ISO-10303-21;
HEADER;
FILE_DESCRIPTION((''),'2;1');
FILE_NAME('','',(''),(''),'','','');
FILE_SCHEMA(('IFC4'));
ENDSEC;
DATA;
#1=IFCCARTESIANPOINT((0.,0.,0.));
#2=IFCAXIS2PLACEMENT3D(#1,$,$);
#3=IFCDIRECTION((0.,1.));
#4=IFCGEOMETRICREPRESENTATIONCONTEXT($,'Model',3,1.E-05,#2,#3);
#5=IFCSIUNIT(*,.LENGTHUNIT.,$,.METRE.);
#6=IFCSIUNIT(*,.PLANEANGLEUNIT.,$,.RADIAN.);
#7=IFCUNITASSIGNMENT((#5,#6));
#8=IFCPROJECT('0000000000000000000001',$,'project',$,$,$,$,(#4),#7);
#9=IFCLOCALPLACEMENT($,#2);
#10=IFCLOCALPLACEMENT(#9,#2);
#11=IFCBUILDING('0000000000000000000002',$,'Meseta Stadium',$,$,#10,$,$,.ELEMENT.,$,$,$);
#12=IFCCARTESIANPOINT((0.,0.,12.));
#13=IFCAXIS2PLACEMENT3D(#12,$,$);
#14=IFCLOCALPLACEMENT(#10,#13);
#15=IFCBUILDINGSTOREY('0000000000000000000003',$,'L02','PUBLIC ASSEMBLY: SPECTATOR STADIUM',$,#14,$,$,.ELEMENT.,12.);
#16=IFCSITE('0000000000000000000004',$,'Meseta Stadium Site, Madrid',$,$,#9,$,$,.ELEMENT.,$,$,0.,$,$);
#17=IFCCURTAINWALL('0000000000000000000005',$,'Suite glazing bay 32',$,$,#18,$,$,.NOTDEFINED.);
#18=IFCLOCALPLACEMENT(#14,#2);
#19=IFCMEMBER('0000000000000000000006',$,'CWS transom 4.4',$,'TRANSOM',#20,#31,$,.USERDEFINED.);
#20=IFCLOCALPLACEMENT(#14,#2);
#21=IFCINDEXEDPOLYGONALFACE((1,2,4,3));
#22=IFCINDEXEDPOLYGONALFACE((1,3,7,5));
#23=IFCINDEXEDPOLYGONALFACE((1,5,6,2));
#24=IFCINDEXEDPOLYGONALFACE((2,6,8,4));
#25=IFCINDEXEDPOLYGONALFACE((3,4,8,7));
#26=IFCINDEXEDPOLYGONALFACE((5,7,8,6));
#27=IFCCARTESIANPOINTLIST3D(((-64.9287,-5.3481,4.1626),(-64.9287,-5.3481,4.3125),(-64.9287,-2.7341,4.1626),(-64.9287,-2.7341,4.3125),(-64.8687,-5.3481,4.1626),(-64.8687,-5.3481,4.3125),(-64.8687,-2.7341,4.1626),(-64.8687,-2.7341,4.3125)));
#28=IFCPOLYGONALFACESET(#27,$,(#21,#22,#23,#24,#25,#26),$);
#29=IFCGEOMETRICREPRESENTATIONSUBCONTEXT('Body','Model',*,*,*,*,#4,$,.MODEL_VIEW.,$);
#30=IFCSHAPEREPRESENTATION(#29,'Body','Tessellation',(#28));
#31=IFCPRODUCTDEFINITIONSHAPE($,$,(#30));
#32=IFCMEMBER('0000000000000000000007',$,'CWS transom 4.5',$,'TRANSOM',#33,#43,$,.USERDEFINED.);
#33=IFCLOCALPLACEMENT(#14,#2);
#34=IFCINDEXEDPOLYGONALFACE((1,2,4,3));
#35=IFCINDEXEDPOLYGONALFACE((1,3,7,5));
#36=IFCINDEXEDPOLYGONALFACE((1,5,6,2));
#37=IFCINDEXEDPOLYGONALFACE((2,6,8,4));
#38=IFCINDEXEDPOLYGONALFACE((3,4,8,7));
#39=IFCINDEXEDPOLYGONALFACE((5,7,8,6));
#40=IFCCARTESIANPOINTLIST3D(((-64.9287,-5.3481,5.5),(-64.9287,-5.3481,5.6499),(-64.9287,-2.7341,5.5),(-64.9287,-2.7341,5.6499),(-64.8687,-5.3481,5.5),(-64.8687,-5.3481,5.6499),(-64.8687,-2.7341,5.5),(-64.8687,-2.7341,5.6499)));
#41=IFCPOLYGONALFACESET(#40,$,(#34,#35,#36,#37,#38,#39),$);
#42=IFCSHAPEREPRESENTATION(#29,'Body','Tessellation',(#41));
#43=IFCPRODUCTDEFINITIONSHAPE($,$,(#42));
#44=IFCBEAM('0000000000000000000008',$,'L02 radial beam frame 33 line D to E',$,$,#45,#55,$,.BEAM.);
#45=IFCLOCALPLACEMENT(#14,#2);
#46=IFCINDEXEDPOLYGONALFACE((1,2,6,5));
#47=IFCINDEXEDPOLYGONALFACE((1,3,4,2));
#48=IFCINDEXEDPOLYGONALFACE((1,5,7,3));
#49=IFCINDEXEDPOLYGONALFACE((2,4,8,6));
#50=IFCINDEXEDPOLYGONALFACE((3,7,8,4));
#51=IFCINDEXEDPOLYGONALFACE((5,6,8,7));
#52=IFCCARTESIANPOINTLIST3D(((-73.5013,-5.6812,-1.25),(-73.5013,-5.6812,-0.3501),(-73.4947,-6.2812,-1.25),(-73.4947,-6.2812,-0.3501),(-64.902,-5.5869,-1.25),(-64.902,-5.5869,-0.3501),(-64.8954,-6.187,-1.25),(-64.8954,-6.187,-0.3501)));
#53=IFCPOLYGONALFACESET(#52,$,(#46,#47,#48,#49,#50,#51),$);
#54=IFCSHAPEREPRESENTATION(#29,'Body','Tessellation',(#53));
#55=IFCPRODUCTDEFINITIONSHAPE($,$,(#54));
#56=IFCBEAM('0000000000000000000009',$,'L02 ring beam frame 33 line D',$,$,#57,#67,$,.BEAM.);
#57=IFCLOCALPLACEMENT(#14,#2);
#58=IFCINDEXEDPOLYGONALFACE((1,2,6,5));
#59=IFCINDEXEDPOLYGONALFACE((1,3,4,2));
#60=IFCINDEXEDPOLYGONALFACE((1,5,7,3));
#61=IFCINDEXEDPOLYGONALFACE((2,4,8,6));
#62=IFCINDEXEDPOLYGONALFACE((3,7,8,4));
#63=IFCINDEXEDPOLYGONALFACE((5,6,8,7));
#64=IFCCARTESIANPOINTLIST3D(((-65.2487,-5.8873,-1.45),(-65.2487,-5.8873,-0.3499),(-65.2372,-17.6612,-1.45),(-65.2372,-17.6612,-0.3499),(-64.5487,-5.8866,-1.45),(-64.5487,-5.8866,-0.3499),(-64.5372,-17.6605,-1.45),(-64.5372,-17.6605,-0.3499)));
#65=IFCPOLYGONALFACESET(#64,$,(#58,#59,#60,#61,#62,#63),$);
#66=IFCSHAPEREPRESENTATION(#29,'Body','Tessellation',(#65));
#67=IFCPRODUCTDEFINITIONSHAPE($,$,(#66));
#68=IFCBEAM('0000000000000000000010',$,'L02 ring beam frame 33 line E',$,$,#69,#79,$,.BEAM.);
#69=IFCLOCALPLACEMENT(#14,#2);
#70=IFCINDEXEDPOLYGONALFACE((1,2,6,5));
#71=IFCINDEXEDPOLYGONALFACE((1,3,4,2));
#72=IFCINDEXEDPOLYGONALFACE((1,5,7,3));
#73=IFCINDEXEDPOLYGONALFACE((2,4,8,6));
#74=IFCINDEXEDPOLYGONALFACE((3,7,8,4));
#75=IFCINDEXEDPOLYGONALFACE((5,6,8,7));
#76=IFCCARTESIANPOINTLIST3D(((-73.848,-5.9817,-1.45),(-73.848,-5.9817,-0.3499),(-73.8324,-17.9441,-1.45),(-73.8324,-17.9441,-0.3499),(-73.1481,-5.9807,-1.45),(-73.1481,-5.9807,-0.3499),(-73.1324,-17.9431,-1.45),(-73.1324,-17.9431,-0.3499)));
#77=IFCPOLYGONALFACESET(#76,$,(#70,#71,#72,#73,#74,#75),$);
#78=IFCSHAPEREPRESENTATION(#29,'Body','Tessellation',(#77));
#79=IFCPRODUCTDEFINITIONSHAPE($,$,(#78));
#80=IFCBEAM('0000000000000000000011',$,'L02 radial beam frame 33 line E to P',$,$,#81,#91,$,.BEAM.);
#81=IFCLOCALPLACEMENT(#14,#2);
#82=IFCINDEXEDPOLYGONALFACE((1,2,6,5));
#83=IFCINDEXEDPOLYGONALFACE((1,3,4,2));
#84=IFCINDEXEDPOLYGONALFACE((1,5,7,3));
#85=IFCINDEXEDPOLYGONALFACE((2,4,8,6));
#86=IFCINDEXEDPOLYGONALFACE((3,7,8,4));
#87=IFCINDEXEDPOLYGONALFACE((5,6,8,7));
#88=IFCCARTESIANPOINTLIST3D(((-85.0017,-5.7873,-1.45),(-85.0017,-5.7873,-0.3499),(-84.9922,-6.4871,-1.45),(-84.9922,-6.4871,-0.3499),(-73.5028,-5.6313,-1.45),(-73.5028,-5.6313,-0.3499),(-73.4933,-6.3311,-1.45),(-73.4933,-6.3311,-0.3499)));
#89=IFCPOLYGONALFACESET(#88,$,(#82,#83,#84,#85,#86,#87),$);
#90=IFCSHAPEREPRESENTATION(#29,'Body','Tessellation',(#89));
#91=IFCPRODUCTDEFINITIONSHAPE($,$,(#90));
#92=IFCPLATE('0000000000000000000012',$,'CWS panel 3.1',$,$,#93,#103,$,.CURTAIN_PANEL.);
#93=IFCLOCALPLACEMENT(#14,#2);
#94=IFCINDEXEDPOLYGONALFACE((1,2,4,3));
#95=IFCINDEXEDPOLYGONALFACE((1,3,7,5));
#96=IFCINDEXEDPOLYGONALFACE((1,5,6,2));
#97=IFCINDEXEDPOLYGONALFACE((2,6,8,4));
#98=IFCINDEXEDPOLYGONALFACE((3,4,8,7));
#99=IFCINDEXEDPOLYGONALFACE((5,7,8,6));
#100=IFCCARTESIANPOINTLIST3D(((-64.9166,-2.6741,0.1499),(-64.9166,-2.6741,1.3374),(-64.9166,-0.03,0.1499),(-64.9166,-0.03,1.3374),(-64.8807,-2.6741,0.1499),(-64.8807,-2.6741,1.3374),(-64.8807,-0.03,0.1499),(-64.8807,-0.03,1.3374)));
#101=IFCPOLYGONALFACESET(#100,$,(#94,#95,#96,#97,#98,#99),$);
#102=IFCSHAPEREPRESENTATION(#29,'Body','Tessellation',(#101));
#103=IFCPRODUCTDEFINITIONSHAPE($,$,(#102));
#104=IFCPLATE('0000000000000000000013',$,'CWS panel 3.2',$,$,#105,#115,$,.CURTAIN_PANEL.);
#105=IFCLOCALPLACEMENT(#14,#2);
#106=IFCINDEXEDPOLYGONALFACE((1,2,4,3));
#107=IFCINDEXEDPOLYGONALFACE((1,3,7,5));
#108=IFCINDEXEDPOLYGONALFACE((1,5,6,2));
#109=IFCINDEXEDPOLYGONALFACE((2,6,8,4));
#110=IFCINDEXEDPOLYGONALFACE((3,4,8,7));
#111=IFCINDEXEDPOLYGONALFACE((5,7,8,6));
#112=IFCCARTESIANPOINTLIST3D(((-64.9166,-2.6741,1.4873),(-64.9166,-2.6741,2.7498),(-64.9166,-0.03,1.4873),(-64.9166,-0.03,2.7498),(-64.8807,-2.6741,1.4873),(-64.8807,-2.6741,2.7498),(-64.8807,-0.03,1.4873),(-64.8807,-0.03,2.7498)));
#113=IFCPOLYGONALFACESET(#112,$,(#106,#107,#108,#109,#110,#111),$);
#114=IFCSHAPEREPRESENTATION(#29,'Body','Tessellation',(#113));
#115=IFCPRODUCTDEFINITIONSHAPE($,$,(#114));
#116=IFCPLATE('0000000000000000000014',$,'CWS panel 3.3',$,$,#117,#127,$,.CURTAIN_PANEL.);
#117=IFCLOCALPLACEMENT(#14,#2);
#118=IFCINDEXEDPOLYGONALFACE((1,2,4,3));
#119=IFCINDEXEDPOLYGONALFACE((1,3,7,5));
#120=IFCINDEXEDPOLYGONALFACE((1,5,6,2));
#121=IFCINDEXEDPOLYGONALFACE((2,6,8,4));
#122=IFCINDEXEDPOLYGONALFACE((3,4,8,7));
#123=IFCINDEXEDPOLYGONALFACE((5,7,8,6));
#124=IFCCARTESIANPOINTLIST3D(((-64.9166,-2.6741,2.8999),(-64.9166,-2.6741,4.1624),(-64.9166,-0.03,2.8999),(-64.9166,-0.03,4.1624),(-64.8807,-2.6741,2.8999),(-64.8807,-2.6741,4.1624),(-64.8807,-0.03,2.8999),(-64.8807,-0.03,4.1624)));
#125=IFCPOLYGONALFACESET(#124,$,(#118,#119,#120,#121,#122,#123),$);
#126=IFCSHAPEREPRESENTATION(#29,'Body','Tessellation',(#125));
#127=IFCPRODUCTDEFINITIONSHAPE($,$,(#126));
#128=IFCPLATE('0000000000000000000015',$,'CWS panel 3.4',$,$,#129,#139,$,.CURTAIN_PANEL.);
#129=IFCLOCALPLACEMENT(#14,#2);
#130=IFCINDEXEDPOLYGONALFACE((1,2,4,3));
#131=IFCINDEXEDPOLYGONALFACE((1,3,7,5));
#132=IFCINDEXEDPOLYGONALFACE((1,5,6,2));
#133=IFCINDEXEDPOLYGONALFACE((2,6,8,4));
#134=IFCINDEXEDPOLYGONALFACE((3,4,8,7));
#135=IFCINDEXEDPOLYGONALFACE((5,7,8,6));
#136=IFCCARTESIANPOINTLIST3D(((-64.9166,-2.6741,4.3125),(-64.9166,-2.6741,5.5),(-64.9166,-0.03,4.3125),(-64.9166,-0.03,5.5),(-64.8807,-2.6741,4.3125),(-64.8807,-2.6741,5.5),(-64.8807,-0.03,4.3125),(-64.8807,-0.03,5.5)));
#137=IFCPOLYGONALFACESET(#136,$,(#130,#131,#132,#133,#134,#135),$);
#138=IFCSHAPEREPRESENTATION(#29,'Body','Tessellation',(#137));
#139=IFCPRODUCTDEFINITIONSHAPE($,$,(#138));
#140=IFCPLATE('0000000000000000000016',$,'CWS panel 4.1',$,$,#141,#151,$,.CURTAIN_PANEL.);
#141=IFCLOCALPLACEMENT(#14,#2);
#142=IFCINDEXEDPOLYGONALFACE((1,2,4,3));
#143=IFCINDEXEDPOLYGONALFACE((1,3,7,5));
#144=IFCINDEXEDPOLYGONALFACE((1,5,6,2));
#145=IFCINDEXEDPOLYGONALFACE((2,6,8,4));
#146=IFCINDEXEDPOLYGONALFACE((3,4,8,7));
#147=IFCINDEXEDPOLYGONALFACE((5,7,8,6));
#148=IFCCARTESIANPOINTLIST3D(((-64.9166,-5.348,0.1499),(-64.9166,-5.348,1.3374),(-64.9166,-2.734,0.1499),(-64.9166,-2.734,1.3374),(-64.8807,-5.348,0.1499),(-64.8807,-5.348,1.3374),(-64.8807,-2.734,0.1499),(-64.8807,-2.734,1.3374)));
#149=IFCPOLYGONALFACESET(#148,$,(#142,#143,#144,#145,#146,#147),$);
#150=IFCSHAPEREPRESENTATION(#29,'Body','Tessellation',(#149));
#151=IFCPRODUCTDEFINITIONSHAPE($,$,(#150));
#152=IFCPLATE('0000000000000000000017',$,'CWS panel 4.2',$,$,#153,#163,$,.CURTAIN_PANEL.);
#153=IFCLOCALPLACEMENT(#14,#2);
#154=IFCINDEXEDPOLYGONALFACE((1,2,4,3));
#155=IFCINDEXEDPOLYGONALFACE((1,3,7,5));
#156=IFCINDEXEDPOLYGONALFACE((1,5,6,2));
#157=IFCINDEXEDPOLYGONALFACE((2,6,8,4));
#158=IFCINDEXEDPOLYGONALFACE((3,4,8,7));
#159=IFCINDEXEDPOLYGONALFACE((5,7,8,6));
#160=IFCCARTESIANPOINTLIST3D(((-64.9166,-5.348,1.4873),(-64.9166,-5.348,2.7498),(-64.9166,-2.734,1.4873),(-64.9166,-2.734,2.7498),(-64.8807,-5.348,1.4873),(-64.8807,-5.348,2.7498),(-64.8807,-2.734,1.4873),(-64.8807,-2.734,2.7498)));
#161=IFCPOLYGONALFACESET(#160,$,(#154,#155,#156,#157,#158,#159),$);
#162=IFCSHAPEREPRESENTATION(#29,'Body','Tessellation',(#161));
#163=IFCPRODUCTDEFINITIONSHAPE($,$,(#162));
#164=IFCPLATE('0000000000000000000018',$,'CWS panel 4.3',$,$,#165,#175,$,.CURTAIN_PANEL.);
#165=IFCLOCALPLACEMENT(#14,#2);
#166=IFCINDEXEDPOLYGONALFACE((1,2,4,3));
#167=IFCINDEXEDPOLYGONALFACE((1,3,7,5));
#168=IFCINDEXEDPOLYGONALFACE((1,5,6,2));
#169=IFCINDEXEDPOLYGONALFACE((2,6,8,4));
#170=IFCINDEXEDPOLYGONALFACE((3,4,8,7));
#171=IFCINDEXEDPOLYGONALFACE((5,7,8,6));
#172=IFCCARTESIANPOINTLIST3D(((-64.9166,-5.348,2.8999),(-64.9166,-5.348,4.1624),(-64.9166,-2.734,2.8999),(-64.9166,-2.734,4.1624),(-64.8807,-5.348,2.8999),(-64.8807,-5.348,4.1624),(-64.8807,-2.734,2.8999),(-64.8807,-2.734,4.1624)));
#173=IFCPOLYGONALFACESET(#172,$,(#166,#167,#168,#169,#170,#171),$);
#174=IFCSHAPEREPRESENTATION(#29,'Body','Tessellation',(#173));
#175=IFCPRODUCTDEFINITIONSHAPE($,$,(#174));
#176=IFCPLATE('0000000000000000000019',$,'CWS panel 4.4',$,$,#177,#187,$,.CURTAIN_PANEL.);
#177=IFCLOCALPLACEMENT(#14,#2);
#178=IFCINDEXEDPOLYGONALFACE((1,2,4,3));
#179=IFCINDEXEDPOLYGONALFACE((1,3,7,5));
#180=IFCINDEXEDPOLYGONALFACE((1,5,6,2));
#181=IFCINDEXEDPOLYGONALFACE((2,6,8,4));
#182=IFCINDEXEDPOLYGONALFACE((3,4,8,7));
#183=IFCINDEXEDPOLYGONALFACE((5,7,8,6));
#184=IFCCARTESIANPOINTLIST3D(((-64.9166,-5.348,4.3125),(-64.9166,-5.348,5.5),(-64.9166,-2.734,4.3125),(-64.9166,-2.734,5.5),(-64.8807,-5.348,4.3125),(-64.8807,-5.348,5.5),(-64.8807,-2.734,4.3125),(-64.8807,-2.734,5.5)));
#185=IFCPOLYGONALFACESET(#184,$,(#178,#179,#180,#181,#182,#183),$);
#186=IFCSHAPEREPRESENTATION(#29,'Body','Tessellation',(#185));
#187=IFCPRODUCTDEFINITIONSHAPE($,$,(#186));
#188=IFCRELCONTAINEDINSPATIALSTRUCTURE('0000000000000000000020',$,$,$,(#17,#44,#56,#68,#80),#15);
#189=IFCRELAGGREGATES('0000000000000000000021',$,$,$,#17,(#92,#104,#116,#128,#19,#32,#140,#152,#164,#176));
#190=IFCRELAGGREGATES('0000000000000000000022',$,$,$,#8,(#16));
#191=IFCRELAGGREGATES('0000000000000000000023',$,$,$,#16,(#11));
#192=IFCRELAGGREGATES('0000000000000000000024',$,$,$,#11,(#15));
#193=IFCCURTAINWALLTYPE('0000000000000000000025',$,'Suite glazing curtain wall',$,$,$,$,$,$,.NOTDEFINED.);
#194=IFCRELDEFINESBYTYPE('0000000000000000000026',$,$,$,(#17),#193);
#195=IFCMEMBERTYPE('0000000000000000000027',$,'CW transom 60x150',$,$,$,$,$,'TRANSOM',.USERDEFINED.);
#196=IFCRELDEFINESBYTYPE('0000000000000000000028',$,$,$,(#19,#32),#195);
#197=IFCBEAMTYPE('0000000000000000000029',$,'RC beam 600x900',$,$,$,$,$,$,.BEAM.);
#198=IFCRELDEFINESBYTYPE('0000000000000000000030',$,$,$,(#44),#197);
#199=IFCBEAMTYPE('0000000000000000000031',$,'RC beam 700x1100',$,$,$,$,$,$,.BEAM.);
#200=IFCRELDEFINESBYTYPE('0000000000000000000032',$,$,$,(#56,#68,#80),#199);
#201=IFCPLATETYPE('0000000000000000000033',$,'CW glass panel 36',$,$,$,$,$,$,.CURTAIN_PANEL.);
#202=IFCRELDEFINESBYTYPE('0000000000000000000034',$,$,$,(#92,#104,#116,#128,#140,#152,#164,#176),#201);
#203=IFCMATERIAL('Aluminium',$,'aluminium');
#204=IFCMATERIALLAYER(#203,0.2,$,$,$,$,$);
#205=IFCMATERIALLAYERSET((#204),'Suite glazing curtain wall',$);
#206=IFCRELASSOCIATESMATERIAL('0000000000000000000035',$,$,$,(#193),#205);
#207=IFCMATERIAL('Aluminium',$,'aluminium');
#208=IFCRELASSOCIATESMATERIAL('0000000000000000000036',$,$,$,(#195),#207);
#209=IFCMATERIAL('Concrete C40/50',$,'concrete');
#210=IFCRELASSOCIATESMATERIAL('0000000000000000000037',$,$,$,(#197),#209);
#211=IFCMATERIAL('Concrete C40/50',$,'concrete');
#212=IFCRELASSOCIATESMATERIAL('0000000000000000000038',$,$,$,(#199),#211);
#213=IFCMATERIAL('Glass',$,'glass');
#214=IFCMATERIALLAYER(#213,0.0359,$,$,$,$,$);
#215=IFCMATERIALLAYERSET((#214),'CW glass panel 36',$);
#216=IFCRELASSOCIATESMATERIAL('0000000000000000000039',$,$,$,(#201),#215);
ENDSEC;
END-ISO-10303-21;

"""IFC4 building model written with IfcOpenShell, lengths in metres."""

from ifc_helpers import new_model, si_unit, direction, frame, origin, origin_2d, place, context, subcontext, project, spatial, rectangle, extrude, material, layer, layer_set, material_profile, profile_set, type_object, element, aggregate, save


model = new_model("IFC4")

# Units and contexts
model_context = context("Model", 3, precision=1e-05, world=origin(), true_north=direction((0.0, 1.0)))
body_context = subcontext(model_context, "Body", "Model", "MODEL_VIEW")
ifc_project = project(units=[si_unit("LENGTHUNIT", "METRE"), si_unit("PLANEANGLEUNIT", "RADIAN")], contexts=[model_context])

# Site, building, storey
site_placement = place(None, origin())
site = spatial("IfcSite", under=ifc_project, at=site_placement, Name="Meseta Stadium Site, Madrid", CompositionType="ELEMENT", RefElevation=0.0)
building_placement = place(site_placement, origin())
building = spatial("IfcBuilding", under=site, at=building_placement, Name="Meseta Stadium", CompositionType="ELEMENT")
storey_placement = place(building_placement, frame((0.0, 0.0, 12.0)))
storey = spatial("IfcBuildingStorey", under=building, at=storey_placement, Name="L02", Description="PUBLIC ASSEMBLY: SPECTATOR STADIUM", CompositionType="ELEMENT", Elevation=12.0)

# Curtain wall, members
ifc_material_1 = material(Name="Aluminium", Category="aluminium")
ifc_layer_1 = layer(ifc_material_1, 0.2)
ifc_layer_set_1 = layer_set([ifc_layer_1], Name="Suite glazing curtain wall")
curtain_wall_type = type_object("IfcCurtainWallType", Name="Suite glazing curtain wall", PredefinedType="NOTDEFINED", material=ifc_layer_set_1)
curtain_wall_placement = place(storey_placement, origin())
curtain_wall = element("IfcCurtainWall", 1, at=curtain_wall_placement, inside=storey, type_object=curtain_wall_type, Name="Suite glazing bay 32", PredefinedType="NOTDEFINED")
ifc_material_2 = material(Name="Aluminium", Category="aluminium")
ifc_material_profile_1 = material_profile(ifc_material_2, rectangle(XDim=0.0601, YDim=0.1499, at=origin_2d()), Name="CW 60x150")
ifc_profile_set_1 = profile_set([ifc_material_profile_1], Name="Aluminium")
member_type_1 = type_object("IfcMemberType", Name="CW transom 60x150", ElementType="TRANSOM", PredefinedType="USERDEFINED", material=ifc_profile_set_1)
member_1_placement = place(storey_placement, frame((-64.8987, -2.7341, 4.2375), z_axis=(0.0, -1.0, 0.0), x_axis=(1.0, 0.0, 0.0)))
member_1 = element("IfcMember", 2, at=member_1_placement, type_object=member_type_1, Name="CWS transom 4.4", ObjectType="TRANSOM", PredefinedType="USERDEFINED", context=body_context, shape_type="SweptSolid", body=[
    extrude(rectangle(XDim=0.0601, YDim=0.1499, at=origin_2d()), origin(), (0.0, 0.0, 1.0), 2.614),
])
member_2_placement = place(storey_placement, frame((-64.8987, -2.7341, 5.575), z_axis=(0.0, -1.0, 0.0), x_axis=(1.0, 0.0, 0.0)))
member_2 = element("IfcMember", 3, at=member_2_placement, type_object=member_type_1, Name="CWS transom 4.5", ObjectType="TRANSOM", PredefinedType="USERDEFINED", context=body_context, shape_type="SweptSolid", body=[
    extrude(rectangle(XDim=0.0601, YDim=0.1499, at=origin_2d()), origin(), (0.0, 0.0, 1.0), 2.614),
])

# Beams
ifc_material_3 = material(Name="Concrete C40/50", Category="concrete")
ifc_material_profile_2 = material_profile(ifc_material_3, rectangle(XDim=0.6001, YDim=0.8999, at=origin_2d()), Name="RC 600x900")
ifc_profile_set_2 = profile_set([ifc_material_profile_2], Name="Concrete C40/50")
beam_type_1 = type_object("IfcBeamType", Name="RC beam 600x900", PredefinedType="BEAM", material=ifc_profile_set_2)
beam_1_placement = place(storey_placement, frame((-64.8987, -5.887, -0.8), z_axis=(-0.99994, -0.010958, 0.0), x_axis=(0.010958, -0.99994, 0.0)))
element("IfcBeam", 4, at=beam_1_placement, inside=storey, type_object=beam_type_1, Name="L02 radial beam frame 33 line D to E", PredefinedType="BEAM", context=body_context, shape_type="SweptSolid", body=[
    extrude(rectangle(XDim=0.6001, YDim=0.8999, at=origin_2d()), origin(), (0.0, 0.0, 1.0), 8.5999),
])
ifc_material_4 = material(Name="Concrete C40/50", Category="concrete")
ifc_material_profile_3 = material_profile(ifc_material_4, rectangle(XDim=0.7, YDim=1.1001, at=origin_2d()), Name="RC 700x1100")
ifc_profile_set_3 = profile_set([ifc_material_profile_3], Name="Concrete C40/50")
beam_type_2 = type_object("IfcBeamType", Name="RC beam 700x1100", PredefinedType="BEAM", material=ifc_profile_set_3)
beam_2_placement = place(storey_placement, frame((-64.8987, -5.887, -0.8999), z_axis=(0.000975, -1.0, 0.0), x_axis=(1.0, 0.000975, 0.0)))
element("IfcBeam", 5, at=beam_2_placement, inside=storey, type_object=beam_type_2, Name="L02 ring beam frame 33 line D", PredefinedType="BEAM", context=body_context, shape_type="SweptSolid", body=[
    extrude(rectangle(XDim=0.7, YDim=1.1001, at=origin_2d()), origin(), (0.0, 0.0, 1.0), 11.7739),
])
beam_3_placement = place(storey_placement, frame((-73.498, -5.9812, -0.8999), z_axis=(0.001306, -0.999999, 0.0), x_axis=(0.999999, 0.001306, 0.0)))
element("IfcBeam", 6, at=beam_3_placement, inside=storey, type_object=beam_type_2, Name="L02 ring beam frame 33 line E", PredefinedType="BEAM", context=body_context, shape_type="SweptSolid", body=[
    extrude(rectangle(XDim=0.7, YDim=1.1001, at=origin_2d()), origin(), (0.0, 0.0, 1.0), 11.9624),
])
beam_4_placement = place(storey_placement, frame((-73.498, -5.9812, -0.8999), z_axis=(-0.999908, -0.013566, 0.0), x_axis=(0.013566, -0.999908, 0.0)))
element("IfcBeam", 7, at=beam_4_placement, inside=storey, type_object=beam_type_2, Name="L02 radial beam frame 33 line E to P", PredefinedType="BEAM", context=body_context, shape_type="SweptSolid", body=[
    extrude(rectangle(XDim=0.7, YDim=1.1001, at=origin_2d()), origin(), (0.0, 0.0, 1.0), 11.5),
])

# Plates
ifc_material_5 = material(Name="Glass", Category="glass")
ifc_layer_2 = layer(ifc_material_5, 0.0359)
ifc_layer_set_2 = layer_set([ifc_layer_2], Name="CW glass panel 36")
plate_type = type_object("IfcPlateType", Name="CW glass panel 36", PredefinedType="CURTAIN_PANEL", material=ifc_layer_set_2)
plate_1_placement = place(storey_placement, frame((-64.8987, -1.3521, 0.1499), z_axis=(0.0, 0.0, 1.0), x_axis=(0.0, -1.0, 0.0)))
plate_1 = element("IfcPlate", 8, at=plate_1_placement, type_object=plate_type, Name="CWS panel 3.1", PredefinedType="CURTAIN_PANEL", context=body_context, shape_type="SweptSolid", body=[
    extrude(rectangle(XDim=2.644, YDim=0.0359, at=origin_2d()), origin(), (0.0, 0.0, 1.0), 1.1875),
])
plate_2_placement = place(storey_placement, frame((-64.8987, -1.3521, 1.4873), z_axis=(0.0, 0.0, 1.0), x_axis=(0.0, -1.0, 0.0)))
plate_2 = element("IfcPlate", 9, at=plate_2_placement, type_object=plate_type, Name="CWS panel 3.2", PredefinedType="CURTAIN_PANEL", context=body_context, shape_type="SweptSolid", body=[
    extrude(rectangle(XDim=2.644, YDim=0.0359, at=origin_2d()), origin(), (0.0, 0.0, 1.0), 1.2625),
])
plate_3_placement = place(storey_placement, frame((-64.8987, -1.3521, 2.8999), z_axis=(0.0, 0.0, 1.0), x_axis=(0.0, -1.0, 0.0)))
plate_3 = element("IfcPlate", 10, at=plate_3_placement, type_object=plate_type, Name="CWS panel 3.3", PredefinedType="CURTAIN_PANEL", context=body_context, shape_type="SweptSolid", body=[
    extrude(rectangle(XDim=2.644, YDim=0.0359, at=origin_2d()), origin(), (0.0, 0.0, 1.0), 1.2625),
])
plate_4_placement = place(storey_placement, frame((-64.8987, -1.3521, 4.3125), z_axis=(0.0, 0.0, 1.0), x_axis=(0.0, -1.0, 0.0)))
plate_4 = element("IfcPlate", 11, at=plate_4_placement, type_object=plate_type, Name="CWS panel 3.4", PredefinedType="CURTAIN_PANEL", context=body_context, shape_type="SweptSolid", body=[
    extrude(rectangle(XDim=2.644, YDim=0.0359, at=origin_2d()), origin(), (0.0, 0.0, 1.0), 1.1875),
])
plate_5_placement = place(storey_placement, frame((-64.8987, -4.041, 0.1499), z_axis=(0.0, 0.0, 1.0), x_axis=(0.0, -1.0, 0.0)))
plate_5 = element("IfcPlate", 12, at=plate_5_placement, type_object=plate_type, Name="CWS panel 4.1", PredefinedType="CURTAIN_PANEL", context=body_context, shape_type="SweptSolid", body=[
    extrude(rectangle(XDim=2.614, YDim=0.0359, at=origin_2d()), origin(), (0.0, 0.0, 1.0), 1.1875),
])
plate_6_placement = place(storey_placement, frame((-64.8987, -4.041, 1.4873), z_axis=(0.0, 0.0, 1.0), x_axis=(0.0, -1.0, 0.0)))
plate_6 = element("IfcPlate", 13, at=plate_6_placement, type_object=plate_type, Name="CWS panel 4.2", PredefinedType="CURTAIN_PANEL", context=body_context, shape_type="SweptSolid", body=[
    extrude(rectangle(XDim=2.614, YDim=0.0359, at=origin_2d()), origin(), (0.0, 0.0, 1.0), 1.2625),
])
plate_7_placement = place(storey_placement, frame((-64.8987, -4.041, 2.8999), z_axis=(0.0, 0.0, 1.0), x_axis=(0.0, -1.0, 0.0)))
plate_7 = element("IfcPlate", 14, at=plate_7_placement, type_object=plate_type, Name="CWS panel 4.3", PredefinedType="CURTAIN_PANEL", context=body_context, shape_type="SweptSolid", body=[
    extrude(rectangle(XDim=2.614, YDim=0.0359, at=origin_2d()), origin(), (0.0, 0.0, 1.0), 1.2625),
])
plate_8_placement = place(storey_placement, frame((-64.8987, -4.041, 4.3125), z_axis=(0.0, 0.0, 1.0), x_axis=(0.0, -1.0, 0.0)))
plate_8 = element("IfcPlate", 15, at=plate_8_placement, type_object=plate_type, Name="CWS panel 4.4", PredefinedType="CURTAIN_PANEL", context=body_context, shape_type="SweptSolid", body=[
    extrude(rectangle(XDim=2.614, YDim=0.0359, at=origin_2d()), origin(), (0.0, 0.0, 1.0), 1.1875),
])
aggregate(curtain_wall, [plate_1, plate_2, plate_3, plate_4, member_1, member_2, plate_5, plate_6, plate_7, plate_8])

save(model, "model.ifc")
